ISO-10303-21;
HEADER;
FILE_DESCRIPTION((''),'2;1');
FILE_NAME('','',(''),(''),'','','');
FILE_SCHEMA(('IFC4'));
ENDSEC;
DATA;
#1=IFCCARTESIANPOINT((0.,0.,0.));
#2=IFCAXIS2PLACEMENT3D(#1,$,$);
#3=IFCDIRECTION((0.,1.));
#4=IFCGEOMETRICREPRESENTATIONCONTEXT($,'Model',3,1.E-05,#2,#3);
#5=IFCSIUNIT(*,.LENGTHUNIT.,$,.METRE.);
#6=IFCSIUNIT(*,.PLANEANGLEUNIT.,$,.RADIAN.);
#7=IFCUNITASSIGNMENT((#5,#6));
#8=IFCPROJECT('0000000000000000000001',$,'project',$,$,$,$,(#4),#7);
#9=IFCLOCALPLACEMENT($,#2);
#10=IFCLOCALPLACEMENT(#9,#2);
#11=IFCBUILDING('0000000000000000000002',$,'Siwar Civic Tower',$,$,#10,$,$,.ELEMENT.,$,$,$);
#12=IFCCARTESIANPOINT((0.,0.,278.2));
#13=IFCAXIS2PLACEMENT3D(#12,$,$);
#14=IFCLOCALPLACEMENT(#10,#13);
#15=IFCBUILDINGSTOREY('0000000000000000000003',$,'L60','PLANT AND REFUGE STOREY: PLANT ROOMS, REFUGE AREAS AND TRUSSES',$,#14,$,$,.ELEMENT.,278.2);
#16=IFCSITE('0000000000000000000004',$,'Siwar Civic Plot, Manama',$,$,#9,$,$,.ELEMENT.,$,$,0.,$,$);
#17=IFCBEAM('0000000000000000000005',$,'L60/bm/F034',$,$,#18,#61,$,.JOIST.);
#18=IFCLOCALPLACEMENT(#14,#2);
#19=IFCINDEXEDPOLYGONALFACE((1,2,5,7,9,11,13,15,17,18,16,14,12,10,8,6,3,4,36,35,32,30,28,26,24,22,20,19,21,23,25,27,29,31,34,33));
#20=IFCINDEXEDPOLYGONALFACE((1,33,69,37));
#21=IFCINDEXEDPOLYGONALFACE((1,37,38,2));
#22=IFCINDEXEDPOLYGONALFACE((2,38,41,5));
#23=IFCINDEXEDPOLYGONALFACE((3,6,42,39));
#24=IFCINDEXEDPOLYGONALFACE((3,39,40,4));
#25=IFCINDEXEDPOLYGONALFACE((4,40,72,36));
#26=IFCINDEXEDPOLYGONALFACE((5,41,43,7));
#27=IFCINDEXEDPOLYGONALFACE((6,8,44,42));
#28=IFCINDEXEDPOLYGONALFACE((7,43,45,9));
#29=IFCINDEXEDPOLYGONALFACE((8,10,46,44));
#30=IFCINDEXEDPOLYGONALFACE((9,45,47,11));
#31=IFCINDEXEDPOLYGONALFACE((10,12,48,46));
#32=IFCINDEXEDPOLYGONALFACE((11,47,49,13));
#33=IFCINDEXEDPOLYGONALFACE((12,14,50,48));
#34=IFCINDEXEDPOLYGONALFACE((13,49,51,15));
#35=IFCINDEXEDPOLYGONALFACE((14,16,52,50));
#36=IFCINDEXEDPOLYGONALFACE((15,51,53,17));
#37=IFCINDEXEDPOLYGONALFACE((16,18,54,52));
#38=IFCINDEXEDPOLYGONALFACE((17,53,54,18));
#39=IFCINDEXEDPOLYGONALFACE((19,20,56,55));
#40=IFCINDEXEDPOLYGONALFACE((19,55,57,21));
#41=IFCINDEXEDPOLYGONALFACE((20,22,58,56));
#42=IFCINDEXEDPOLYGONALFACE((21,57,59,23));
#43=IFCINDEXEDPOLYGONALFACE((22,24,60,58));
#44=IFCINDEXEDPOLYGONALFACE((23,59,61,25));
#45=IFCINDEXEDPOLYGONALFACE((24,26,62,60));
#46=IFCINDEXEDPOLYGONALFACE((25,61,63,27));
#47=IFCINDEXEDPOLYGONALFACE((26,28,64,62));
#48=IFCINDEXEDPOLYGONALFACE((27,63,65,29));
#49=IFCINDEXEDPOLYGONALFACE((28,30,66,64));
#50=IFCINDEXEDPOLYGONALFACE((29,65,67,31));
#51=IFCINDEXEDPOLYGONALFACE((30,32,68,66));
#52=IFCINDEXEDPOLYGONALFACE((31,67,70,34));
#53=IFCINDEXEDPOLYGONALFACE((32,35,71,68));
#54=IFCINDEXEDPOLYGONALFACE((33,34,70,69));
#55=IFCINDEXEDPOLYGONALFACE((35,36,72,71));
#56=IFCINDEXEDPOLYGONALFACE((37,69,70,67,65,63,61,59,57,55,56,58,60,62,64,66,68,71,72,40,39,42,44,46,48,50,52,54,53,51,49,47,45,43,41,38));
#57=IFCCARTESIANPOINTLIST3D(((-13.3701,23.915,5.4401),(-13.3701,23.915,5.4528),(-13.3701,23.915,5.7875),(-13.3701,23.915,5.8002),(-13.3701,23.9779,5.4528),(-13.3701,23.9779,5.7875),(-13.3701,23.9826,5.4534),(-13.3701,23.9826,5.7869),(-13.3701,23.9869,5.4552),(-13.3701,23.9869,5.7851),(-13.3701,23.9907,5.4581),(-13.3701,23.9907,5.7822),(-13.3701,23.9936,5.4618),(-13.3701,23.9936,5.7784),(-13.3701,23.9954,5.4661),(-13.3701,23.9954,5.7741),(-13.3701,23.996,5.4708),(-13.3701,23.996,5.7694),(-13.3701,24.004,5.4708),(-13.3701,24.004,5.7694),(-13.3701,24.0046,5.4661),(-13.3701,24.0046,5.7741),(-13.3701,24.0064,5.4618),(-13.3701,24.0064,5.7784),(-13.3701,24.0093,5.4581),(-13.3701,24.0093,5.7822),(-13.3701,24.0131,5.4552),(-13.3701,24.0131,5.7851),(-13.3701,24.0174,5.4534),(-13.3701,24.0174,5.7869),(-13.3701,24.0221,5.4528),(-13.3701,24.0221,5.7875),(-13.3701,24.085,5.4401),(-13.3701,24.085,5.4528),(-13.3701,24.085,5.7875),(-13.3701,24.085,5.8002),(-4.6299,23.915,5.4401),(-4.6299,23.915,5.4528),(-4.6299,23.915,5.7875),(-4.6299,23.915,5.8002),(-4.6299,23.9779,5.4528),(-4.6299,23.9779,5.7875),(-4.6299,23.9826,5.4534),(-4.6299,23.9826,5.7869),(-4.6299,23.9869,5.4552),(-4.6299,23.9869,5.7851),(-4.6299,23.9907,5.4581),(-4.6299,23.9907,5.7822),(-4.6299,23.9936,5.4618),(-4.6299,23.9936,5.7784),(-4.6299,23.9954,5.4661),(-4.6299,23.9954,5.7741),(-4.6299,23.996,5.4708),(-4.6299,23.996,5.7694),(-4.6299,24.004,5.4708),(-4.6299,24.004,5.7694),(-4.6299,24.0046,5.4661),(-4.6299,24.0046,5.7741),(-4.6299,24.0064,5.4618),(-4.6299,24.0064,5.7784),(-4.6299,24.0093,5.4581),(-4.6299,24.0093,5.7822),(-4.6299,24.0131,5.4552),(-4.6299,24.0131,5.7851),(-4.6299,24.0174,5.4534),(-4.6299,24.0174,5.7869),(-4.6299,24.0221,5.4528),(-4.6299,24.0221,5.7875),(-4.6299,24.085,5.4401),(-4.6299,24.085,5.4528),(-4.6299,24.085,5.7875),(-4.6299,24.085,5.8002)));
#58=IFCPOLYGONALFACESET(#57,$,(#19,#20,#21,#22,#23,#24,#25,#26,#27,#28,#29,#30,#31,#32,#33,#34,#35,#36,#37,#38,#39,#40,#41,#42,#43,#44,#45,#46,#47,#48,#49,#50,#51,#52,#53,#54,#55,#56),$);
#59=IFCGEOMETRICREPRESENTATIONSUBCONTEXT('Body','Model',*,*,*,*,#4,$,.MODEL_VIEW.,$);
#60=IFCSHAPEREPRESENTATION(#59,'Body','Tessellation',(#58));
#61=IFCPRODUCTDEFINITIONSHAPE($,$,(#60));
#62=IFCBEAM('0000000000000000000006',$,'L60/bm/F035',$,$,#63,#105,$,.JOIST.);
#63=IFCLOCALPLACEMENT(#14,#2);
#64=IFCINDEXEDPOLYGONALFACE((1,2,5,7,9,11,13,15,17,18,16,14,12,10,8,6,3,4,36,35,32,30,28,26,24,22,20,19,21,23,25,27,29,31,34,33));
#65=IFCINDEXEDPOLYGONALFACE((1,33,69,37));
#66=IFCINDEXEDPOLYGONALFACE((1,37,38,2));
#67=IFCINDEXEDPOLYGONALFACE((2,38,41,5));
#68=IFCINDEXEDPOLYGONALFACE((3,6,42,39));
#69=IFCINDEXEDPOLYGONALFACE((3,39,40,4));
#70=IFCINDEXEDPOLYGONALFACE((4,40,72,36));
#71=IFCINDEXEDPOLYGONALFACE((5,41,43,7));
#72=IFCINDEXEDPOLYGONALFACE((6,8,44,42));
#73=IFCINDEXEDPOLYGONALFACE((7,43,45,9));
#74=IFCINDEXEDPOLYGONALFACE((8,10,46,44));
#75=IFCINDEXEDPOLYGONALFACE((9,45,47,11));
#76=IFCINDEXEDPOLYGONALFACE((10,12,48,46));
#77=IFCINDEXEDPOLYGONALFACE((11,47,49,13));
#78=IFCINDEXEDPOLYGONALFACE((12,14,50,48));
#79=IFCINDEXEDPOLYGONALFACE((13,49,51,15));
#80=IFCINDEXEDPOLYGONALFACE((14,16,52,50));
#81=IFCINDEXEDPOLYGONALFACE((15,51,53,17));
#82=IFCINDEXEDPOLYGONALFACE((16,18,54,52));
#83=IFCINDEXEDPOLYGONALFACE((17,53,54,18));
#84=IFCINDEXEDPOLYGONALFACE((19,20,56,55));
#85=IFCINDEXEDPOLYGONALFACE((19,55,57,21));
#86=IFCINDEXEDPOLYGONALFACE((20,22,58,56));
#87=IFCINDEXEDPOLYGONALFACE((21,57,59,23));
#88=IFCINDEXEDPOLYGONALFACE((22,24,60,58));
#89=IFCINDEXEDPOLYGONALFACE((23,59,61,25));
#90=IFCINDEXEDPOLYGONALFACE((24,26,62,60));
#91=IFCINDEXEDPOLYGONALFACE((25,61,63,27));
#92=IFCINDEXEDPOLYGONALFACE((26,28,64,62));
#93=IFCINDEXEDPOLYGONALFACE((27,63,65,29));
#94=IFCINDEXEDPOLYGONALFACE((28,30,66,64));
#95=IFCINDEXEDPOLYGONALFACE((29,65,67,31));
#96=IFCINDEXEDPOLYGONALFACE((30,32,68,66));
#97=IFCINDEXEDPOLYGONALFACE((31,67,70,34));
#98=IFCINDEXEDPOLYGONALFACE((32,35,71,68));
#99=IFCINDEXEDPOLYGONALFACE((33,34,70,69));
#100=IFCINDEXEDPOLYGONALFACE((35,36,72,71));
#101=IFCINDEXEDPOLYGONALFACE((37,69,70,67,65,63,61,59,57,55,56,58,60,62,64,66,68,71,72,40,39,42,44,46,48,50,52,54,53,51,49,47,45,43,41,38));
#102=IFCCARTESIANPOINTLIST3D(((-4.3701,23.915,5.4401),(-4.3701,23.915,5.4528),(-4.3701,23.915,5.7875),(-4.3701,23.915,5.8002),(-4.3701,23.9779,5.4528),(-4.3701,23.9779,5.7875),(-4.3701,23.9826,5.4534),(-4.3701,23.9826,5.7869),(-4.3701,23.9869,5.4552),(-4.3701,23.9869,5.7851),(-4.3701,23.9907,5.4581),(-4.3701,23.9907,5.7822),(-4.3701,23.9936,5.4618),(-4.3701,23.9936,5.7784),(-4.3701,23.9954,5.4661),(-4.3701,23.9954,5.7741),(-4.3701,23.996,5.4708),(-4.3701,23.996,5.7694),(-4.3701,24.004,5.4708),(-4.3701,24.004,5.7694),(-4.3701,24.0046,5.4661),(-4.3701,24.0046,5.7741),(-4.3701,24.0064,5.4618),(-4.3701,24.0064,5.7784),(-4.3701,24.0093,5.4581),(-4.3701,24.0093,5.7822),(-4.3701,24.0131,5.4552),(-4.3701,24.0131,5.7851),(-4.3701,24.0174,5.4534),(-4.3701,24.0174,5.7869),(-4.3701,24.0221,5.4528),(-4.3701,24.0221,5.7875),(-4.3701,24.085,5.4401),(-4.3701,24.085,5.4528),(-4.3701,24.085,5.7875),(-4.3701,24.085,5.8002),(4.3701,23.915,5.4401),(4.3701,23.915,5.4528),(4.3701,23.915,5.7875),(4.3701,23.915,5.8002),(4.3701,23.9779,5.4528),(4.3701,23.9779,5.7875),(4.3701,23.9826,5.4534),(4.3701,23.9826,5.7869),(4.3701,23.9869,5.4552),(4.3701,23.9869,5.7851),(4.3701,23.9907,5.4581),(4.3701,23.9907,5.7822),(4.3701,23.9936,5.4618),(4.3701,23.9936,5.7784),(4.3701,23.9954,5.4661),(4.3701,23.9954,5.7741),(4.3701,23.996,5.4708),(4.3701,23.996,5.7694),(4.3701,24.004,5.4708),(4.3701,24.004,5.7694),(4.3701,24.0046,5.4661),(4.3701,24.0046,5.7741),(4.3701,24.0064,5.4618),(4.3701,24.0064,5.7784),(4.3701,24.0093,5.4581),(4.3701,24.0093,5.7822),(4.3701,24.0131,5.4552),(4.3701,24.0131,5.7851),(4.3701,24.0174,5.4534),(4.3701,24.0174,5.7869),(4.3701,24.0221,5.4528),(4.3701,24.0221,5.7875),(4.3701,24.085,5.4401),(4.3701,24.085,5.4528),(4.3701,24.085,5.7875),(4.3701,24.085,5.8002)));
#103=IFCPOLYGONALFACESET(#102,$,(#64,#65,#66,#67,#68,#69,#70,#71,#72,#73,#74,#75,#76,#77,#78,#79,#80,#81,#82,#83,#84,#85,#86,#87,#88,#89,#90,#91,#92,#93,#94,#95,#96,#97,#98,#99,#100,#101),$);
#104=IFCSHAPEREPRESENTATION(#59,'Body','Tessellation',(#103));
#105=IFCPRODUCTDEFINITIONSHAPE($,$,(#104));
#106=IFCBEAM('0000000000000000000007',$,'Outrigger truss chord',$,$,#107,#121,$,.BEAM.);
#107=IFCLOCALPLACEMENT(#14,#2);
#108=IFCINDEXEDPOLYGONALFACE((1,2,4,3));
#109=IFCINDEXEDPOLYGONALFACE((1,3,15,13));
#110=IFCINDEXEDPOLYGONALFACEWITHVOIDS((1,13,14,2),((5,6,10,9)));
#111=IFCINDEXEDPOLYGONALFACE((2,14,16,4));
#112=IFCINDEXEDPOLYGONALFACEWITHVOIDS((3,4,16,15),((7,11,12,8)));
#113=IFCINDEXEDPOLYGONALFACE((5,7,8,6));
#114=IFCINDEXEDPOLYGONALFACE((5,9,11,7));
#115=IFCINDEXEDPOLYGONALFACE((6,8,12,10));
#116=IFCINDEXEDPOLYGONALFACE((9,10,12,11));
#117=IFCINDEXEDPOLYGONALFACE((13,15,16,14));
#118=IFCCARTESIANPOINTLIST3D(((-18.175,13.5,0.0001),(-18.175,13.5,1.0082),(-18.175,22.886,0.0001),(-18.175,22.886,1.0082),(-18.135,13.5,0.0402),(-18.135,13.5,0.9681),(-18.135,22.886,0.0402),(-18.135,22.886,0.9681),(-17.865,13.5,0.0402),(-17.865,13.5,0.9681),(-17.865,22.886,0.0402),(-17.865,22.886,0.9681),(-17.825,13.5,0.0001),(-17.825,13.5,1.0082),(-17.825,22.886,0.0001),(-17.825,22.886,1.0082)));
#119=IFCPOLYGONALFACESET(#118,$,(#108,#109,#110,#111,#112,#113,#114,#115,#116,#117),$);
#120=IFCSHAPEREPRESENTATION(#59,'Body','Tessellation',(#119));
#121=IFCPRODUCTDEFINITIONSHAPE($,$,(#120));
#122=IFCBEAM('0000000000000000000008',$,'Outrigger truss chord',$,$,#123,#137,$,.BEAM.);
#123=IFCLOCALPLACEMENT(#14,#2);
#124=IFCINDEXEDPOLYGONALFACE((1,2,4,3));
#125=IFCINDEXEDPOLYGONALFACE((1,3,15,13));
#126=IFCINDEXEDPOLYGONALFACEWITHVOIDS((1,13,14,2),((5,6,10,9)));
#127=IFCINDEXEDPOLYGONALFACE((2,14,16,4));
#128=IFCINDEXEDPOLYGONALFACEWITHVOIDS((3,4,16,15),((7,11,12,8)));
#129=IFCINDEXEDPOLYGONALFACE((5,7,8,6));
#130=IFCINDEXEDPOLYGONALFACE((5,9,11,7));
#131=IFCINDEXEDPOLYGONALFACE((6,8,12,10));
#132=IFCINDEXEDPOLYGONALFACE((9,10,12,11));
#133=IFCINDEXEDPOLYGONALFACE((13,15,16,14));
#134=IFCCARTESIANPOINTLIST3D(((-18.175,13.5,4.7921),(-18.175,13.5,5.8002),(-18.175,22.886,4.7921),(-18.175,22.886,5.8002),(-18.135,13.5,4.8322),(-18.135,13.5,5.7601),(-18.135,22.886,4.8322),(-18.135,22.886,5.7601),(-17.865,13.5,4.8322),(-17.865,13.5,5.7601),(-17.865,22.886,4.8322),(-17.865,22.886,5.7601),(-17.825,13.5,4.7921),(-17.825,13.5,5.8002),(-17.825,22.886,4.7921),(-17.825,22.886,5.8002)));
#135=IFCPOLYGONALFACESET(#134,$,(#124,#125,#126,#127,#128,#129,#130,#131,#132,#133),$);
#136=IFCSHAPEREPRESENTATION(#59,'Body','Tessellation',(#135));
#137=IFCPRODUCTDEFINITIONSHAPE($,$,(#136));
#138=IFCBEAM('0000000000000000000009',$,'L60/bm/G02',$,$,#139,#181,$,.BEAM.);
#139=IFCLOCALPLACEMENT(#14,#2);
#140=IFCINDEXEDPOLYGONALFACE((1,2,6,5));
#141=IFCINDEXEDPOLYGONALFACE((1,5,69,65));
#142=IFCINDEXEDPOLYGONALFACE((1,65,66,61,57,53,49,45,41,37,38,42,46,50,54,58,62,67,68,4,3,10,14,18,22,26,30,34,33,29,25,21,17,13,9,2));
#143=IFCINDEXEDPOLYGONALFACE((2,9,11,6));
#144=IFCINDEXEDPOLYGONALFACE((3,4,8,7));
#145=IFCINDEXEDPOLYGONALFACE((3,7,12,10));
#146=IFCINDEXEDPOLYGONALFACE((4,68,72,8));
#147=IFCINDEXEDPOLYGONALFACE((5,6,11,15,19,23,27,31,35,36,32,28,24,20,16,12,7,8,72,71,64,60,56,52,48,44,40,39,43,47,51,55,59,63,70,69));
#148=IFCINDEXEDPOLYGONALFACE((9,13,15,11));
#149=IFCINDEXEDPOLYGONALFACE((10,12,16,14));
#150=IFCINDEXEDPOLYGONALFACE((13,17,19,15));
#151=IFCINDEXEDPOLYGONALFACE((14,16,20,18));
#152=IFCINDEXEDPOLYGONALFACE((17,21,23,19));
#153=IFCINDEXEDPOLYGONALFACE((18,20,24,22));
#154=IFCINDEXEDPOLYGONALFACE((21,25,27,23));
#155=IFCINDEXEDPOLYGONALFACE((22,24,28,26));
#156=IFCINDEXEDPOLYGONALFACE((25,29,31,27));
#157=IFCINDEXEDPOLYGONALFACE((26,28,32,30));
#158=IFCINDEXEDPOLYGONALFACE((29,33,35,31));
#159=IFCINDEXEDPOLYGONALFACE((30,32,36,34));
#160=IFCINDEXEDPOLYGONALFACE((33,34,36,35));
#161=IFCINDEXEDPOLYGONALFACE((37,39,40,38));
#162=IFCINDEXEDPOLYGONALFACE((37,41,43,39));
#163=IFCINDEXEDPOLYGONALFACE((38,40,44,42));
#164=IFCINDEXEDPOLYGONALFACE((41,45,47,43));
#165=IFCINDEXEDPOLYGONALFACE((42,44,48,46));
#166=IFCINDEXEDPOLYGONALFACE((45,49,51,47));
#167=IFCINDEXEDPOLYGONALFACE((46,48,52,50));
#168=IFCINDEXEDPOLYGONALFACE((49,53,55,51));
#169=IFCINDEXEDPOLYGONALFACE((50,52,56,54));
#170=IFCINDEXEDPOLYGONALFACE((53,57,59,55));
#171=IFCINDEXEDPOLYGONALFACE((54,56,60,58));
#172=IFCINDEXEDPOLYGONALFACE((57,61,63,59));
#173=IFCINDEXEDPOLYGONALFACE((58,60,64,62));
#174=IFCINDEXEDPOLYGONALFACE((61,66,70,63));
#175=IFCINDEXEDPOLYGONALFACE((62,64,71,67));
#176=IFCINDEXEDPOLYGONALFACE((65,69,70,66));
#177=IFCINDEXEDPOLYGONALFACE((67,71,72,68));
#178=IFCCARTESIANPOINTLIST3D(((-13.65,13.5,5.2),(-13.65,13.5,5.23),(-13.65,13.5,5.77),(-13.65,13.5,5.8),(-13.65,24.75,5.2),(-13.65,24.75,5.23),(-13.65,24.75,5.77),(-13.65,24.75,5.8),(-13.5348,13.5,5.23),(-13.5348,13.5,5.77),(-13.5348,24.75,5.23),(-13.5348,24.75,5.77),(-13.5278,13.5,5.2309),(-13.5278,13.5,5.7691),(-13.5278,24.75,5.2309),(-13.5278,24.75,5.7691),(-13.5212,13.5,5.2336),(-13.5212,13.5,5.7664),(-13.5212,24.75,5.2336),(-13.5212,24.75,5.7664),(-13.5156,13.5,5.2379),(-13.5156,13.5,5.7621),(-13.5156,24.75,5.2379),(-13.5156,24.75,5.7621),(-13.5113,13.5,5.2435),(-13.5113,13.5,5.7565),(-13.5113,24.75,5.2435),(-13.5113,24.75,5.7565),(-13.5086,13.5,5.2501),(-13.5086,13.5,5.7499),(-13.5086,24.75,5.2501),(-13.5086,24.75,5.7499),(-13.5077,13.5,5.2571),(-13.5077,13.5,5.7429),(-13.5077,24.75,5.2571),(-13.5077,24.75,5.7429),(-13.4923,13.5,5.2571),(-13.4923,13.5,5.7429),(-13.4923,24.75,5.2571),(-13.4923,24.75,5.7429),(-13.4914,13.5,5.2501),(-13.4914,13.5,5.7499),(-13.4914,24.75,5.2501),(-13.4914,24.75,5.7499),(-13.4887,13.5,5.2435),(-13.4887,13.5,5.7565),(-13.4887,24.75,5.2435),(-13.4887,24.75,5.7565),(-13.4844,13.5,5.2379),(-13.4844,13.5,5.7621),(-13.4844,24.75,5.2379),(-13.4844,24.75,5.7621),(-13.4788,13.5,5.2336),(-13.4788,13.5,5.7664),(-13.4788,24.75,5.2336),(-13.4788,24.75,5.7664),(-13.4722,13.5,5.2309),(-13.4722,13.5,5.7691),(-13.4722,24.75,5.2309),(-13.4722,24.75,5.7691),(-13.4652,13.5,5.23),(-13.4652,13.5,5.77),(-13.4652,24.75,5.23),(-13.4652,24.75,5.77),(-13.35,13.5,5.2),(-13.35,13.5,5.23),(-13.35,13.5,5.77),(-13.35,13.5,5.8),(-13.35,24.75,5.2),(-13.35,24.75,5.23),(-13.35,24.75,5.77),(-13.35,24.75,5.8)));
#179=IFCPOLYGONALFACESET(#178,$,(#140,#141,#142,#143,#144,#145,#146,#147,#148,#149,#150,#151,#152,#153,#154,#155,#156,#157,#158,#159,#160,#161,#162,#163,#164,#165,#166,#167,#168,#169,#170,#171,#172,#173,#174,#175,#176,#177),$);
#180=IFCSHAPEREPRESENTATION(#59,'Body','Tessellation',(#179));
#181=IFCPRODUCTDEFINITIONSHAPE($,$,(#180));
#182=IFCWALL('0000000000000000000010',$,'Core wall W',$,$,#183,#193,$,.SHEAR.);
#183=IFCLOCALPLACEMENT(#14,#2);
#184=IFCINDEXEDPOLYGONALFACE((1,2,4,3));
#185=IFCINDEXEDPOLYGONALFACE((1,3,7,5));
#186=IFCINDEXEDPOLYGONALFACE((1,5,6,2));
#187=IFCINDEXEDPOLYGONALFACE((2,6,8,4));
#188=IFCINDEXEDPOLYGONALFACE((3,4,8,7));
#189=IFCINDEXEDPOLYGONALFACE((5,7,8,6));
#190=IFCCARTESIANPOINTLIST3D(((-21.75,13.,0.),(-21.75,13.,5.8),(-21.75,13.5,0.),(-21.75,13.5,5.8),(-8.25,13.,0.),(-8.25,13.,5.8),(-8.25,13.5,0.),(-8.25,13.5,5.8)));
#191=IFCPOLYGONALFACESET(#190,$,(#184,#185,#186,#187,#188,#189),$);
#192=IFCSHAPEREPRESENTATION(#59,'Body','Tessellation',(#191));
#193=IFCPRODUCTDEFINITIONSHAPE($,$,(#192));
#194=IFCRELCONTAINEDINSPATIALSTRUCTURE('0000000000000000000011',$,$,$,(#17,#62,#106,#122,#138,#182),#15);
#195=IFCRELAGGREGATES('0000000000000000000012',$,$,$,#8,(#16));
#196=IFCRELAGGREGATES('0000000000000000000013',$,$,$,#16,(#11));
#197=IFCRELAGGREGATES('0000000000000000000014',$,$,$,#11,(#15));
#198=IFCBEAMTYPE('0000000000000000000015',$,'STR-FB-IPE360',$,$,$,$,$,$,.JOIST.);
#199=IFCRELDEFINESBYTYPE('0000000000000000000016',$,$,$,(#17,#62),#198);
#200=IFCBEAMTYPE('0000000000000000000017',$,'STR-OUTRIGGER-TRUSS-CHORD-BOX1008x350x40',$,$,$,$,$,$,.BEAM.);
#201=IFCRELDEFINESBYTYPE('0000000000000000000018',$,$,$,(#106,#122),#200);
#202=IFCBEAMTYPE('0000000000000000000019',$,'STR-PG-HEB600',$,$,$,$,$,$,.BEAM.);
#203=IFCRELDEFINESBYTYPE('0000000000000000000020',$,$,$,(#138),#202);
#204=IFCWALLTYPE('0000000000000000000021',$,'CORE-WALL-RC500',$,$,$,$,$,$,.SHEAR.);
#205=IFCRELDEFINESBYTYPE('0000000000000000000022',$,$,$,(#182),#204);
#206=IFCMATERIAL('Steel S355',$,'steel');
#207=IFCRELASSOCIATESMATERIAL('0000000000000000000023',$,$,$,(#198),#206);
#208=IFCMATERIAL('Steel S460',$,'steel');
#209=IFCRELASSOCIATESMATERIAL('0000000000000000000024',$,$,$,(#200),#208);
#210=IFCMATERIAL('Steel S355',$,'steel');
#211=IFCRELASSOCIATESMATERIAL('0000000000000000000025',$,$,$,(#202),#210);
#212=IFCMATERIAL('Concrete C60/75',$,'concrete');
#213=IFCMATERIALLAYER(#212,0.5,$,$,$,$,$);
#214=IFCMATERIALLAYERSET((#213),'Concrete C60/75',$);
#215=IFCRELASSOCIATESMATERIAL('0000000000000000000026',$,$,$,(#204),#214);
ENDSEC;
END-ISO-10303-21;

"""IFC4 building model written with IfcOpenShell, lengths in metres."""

from ifc_helpers import new_model, si_unit, direction, frame, frame_2d, origin, origin_2d, place, context, subcontext, project, spatial, rectangle, hollow_rectangle, i_section, extrude, material, layer, layer_set, material_profile, profile_set, type_object, element, save


model = new_model("IFC4")

# Units and contexts
model_context = context("Model", 3, precision=1e-05, world=origin(), true_north=direction((0.0, 1.0)))
body_context = subcontext(model_context, "Body", "Model", "MODEL_VIEW")
ifc_project = project(units=[si_unit("LENGTHUNIT", "METRE"), si_unit("PLANEANGLEUNIT", "RADIAN")], contexts=[model_context])

# Site, building, storey
site_placement = place(None, origin())
site = spatial("IfcSite", under=ifc_project, at=site_placement, Name="Siwar Civic Plot, Manama", CompositionType="ELEMENT", RefElevation=0.0)
building_placement = place(site_placement, origin())
building = spatial("IfcBuilding", under=site, at=building_placement, Name="Siwar Civic Tower", CompositionType="ELEMENT")
storey_placement = place(building_placement, frame((0.0, 0.0, 278.2)))
storey = spatial("IfcBuildingStorey", under=building, at=storey_placement, Name="L60", Description="PLANT AND REFUGE STOREY: PLANT ROOMS, REFUGE AREAS AND TRUSSES", CompositionType="ELEMENT", Elevation=278.2)

# Beams
ifc_material_1 = material(Name="Steel S355", Category="steel")
ifc_material_profile_1 = material_profile(ifc_material_1, i_section(OverallWidth=0.1699, OverallDepth=0.3601, WebThickness=0.0081, FlangeThickness=0.0127, FilletRadius=0.0181, at=origin_2d()), Name="IPE360")
ifc_profile_set_1 = profile_set([ifc_material_profile_1], Name="Steel S355")
beam_type_1 = type_object("IfcBeamType", Name="STR-FB-IPE360", PredefinedType="JOIST", material=ifc_profile_set_1)
for number, where, z_axis, x_axis, name in (
    (1, (-13.3701, 24.0, 5.6201), (1.0, 0.0, 0.0), (0.0, 1.0, 0.0), "L60/bm/F034"),
    (2, (-4.3701, 24.0, 5.6201), (1.0, 0.0, 0.0), (0.0, 1.0, 0.0), "L60/bm/F035"),
):
    element("IfcBeam", number, at=place(storey_placement, frame(where, z_axis=z_axis, x_axis=x_axis)), inside=storey, type_object=beam_type_1, Name=name, PredefinedType="JOIST", context=body_context, shape_type="SweptSolid", body=[
        extrude(i_section(OverallWidth=0.1699, OverallDepth=0.3601, WebThickness=0.0081, FlangeThickness=0.0127, FilletRadius=0.0181, at=origin_2d()), origin(), (0.0, 0.0, 1.0), 8.7402),
    ])
ifc_material_2 = material(Name="Steel S460", Category="steel")
ifc_material_profile_2 = material_profile(ifc_material_2, hollow_rectangle(XDim=0.3501, YDim=1.0081, WallThickness=0.04, at=origin_2d()), Name="BOX1008x350x40")
ifc_profile_set_2 = profile_set([ifc_material_profile_2], Name="Steel S460")
beam_type_2 = type_object("IfcBeamType", Name="STR-OUTRIGGER-TRUSS-CHORD-BOX1008x350x40", PredefinedType="BEAM", material=ifc_profile_set_2)
for number, where, z_axis, x_axis, name in (
    (3, (-18.0, 22.886, 0.5042), (0.0, -1.0, 0.0), (1.0, 0.0, 0.0), "Outrigger truss chord"),
    (4, (-18.0, 22.886, 5.2961), (0.0, -1.0, 0.0), (1.0, 0.0, 0.0), "Outrigger truss chord"),
):
    element("IfcBeam", number, at=place(storey_placement, frame(where, z_axis=z_axis, x_axis=x_axis)), inside=storey, type_object=beam_type_2, Name=name, PredefinedType="BEAM", context=body_context, shape_type="SweptSolid", body=[
        extrude(hollow_rectangle(XDim=0.3501, YDim=1.0081, WallThickness=0.04, at=origin_2d()), origin(), (0.0, 0.0, 1.0), 9.386),
    ])
ifc_material_3 = material(Name="Steel S355", Category="steel")
ifc_material_profile_3 = material_profile(ifc_material_3, i_section(OverallWidth=0.3, OverallDepth=0.6001, WebThickness=0.0154, FlangeThickness=0.03, FilletRadius=0.0271, at=origin_2d()), Name="HEB600")
ifc_profile_set_3 = profile_set([ifc_material_profile_3], Name="Steel S355")
beam_type_3 = type_object("IfcBeamType", Name="STR-PG-HEB600", PredefinedType="BEAM", material=ifc_profile_set_3)
beam_1_placement = place(storey_placement, frame((-13.5, 13.5, 5.5), z_axis=(0.0, 1.0, 0.0), x_axis=(-1.0, 0.0, 0.0)))
element("IfcBeam", 5, at=beam_1_placement, inside=storey, type_object=beam_type_3, Name="L60/bm/G02", PredefinedType="BEAM", context=body_context, shape_type="SweptSolid", body=[
    extrude(i_section(OverallWidth=0.3, OverallDepth=0.6001, WebThickness=0.0154, FlangeThickness=0.03, FilletRadius=0.0271, at=origin_2d()), origin(), (0.0, 0.0, 1.0), 11.25),
])

# Wall
ifc_material_4 = material(Name="Concrete C60/75", Category="concrete")
ifc_layer_1 = layer(ifc_material_4, 0.5)
ifc_layer_set_1 = layer_set([ifc_layer_1], Name="Concrete C60/75")
wall_type_1 = type_object("IfcWallType", Name="CORE-WALL-RC500", PredefinedType="SHEAR", material=ifc_layer_set_1)
wall_1_placement = place(storey_placement, frame((-8.25, 13.25, 0.0), z_axis=(0.0, 0.0, 1.0), x_axis=(-1.0, 0.0, 0.0)))
element("IfcWall", 6, at=wall_1_placement, inside=storey, type_object=wall_type_1, Name="Core wall W", PredefinedType="SHEAR", context=body_context, shape_type="SweptSolid", body=[
    extrude(rectangle(XDim=13.5, YDim=0.5, at=frame_2d((6.75, 0.0))), origin(), (0.0, 0.0, 1.0), 5.8),
])

save(model, "model.ifc")
